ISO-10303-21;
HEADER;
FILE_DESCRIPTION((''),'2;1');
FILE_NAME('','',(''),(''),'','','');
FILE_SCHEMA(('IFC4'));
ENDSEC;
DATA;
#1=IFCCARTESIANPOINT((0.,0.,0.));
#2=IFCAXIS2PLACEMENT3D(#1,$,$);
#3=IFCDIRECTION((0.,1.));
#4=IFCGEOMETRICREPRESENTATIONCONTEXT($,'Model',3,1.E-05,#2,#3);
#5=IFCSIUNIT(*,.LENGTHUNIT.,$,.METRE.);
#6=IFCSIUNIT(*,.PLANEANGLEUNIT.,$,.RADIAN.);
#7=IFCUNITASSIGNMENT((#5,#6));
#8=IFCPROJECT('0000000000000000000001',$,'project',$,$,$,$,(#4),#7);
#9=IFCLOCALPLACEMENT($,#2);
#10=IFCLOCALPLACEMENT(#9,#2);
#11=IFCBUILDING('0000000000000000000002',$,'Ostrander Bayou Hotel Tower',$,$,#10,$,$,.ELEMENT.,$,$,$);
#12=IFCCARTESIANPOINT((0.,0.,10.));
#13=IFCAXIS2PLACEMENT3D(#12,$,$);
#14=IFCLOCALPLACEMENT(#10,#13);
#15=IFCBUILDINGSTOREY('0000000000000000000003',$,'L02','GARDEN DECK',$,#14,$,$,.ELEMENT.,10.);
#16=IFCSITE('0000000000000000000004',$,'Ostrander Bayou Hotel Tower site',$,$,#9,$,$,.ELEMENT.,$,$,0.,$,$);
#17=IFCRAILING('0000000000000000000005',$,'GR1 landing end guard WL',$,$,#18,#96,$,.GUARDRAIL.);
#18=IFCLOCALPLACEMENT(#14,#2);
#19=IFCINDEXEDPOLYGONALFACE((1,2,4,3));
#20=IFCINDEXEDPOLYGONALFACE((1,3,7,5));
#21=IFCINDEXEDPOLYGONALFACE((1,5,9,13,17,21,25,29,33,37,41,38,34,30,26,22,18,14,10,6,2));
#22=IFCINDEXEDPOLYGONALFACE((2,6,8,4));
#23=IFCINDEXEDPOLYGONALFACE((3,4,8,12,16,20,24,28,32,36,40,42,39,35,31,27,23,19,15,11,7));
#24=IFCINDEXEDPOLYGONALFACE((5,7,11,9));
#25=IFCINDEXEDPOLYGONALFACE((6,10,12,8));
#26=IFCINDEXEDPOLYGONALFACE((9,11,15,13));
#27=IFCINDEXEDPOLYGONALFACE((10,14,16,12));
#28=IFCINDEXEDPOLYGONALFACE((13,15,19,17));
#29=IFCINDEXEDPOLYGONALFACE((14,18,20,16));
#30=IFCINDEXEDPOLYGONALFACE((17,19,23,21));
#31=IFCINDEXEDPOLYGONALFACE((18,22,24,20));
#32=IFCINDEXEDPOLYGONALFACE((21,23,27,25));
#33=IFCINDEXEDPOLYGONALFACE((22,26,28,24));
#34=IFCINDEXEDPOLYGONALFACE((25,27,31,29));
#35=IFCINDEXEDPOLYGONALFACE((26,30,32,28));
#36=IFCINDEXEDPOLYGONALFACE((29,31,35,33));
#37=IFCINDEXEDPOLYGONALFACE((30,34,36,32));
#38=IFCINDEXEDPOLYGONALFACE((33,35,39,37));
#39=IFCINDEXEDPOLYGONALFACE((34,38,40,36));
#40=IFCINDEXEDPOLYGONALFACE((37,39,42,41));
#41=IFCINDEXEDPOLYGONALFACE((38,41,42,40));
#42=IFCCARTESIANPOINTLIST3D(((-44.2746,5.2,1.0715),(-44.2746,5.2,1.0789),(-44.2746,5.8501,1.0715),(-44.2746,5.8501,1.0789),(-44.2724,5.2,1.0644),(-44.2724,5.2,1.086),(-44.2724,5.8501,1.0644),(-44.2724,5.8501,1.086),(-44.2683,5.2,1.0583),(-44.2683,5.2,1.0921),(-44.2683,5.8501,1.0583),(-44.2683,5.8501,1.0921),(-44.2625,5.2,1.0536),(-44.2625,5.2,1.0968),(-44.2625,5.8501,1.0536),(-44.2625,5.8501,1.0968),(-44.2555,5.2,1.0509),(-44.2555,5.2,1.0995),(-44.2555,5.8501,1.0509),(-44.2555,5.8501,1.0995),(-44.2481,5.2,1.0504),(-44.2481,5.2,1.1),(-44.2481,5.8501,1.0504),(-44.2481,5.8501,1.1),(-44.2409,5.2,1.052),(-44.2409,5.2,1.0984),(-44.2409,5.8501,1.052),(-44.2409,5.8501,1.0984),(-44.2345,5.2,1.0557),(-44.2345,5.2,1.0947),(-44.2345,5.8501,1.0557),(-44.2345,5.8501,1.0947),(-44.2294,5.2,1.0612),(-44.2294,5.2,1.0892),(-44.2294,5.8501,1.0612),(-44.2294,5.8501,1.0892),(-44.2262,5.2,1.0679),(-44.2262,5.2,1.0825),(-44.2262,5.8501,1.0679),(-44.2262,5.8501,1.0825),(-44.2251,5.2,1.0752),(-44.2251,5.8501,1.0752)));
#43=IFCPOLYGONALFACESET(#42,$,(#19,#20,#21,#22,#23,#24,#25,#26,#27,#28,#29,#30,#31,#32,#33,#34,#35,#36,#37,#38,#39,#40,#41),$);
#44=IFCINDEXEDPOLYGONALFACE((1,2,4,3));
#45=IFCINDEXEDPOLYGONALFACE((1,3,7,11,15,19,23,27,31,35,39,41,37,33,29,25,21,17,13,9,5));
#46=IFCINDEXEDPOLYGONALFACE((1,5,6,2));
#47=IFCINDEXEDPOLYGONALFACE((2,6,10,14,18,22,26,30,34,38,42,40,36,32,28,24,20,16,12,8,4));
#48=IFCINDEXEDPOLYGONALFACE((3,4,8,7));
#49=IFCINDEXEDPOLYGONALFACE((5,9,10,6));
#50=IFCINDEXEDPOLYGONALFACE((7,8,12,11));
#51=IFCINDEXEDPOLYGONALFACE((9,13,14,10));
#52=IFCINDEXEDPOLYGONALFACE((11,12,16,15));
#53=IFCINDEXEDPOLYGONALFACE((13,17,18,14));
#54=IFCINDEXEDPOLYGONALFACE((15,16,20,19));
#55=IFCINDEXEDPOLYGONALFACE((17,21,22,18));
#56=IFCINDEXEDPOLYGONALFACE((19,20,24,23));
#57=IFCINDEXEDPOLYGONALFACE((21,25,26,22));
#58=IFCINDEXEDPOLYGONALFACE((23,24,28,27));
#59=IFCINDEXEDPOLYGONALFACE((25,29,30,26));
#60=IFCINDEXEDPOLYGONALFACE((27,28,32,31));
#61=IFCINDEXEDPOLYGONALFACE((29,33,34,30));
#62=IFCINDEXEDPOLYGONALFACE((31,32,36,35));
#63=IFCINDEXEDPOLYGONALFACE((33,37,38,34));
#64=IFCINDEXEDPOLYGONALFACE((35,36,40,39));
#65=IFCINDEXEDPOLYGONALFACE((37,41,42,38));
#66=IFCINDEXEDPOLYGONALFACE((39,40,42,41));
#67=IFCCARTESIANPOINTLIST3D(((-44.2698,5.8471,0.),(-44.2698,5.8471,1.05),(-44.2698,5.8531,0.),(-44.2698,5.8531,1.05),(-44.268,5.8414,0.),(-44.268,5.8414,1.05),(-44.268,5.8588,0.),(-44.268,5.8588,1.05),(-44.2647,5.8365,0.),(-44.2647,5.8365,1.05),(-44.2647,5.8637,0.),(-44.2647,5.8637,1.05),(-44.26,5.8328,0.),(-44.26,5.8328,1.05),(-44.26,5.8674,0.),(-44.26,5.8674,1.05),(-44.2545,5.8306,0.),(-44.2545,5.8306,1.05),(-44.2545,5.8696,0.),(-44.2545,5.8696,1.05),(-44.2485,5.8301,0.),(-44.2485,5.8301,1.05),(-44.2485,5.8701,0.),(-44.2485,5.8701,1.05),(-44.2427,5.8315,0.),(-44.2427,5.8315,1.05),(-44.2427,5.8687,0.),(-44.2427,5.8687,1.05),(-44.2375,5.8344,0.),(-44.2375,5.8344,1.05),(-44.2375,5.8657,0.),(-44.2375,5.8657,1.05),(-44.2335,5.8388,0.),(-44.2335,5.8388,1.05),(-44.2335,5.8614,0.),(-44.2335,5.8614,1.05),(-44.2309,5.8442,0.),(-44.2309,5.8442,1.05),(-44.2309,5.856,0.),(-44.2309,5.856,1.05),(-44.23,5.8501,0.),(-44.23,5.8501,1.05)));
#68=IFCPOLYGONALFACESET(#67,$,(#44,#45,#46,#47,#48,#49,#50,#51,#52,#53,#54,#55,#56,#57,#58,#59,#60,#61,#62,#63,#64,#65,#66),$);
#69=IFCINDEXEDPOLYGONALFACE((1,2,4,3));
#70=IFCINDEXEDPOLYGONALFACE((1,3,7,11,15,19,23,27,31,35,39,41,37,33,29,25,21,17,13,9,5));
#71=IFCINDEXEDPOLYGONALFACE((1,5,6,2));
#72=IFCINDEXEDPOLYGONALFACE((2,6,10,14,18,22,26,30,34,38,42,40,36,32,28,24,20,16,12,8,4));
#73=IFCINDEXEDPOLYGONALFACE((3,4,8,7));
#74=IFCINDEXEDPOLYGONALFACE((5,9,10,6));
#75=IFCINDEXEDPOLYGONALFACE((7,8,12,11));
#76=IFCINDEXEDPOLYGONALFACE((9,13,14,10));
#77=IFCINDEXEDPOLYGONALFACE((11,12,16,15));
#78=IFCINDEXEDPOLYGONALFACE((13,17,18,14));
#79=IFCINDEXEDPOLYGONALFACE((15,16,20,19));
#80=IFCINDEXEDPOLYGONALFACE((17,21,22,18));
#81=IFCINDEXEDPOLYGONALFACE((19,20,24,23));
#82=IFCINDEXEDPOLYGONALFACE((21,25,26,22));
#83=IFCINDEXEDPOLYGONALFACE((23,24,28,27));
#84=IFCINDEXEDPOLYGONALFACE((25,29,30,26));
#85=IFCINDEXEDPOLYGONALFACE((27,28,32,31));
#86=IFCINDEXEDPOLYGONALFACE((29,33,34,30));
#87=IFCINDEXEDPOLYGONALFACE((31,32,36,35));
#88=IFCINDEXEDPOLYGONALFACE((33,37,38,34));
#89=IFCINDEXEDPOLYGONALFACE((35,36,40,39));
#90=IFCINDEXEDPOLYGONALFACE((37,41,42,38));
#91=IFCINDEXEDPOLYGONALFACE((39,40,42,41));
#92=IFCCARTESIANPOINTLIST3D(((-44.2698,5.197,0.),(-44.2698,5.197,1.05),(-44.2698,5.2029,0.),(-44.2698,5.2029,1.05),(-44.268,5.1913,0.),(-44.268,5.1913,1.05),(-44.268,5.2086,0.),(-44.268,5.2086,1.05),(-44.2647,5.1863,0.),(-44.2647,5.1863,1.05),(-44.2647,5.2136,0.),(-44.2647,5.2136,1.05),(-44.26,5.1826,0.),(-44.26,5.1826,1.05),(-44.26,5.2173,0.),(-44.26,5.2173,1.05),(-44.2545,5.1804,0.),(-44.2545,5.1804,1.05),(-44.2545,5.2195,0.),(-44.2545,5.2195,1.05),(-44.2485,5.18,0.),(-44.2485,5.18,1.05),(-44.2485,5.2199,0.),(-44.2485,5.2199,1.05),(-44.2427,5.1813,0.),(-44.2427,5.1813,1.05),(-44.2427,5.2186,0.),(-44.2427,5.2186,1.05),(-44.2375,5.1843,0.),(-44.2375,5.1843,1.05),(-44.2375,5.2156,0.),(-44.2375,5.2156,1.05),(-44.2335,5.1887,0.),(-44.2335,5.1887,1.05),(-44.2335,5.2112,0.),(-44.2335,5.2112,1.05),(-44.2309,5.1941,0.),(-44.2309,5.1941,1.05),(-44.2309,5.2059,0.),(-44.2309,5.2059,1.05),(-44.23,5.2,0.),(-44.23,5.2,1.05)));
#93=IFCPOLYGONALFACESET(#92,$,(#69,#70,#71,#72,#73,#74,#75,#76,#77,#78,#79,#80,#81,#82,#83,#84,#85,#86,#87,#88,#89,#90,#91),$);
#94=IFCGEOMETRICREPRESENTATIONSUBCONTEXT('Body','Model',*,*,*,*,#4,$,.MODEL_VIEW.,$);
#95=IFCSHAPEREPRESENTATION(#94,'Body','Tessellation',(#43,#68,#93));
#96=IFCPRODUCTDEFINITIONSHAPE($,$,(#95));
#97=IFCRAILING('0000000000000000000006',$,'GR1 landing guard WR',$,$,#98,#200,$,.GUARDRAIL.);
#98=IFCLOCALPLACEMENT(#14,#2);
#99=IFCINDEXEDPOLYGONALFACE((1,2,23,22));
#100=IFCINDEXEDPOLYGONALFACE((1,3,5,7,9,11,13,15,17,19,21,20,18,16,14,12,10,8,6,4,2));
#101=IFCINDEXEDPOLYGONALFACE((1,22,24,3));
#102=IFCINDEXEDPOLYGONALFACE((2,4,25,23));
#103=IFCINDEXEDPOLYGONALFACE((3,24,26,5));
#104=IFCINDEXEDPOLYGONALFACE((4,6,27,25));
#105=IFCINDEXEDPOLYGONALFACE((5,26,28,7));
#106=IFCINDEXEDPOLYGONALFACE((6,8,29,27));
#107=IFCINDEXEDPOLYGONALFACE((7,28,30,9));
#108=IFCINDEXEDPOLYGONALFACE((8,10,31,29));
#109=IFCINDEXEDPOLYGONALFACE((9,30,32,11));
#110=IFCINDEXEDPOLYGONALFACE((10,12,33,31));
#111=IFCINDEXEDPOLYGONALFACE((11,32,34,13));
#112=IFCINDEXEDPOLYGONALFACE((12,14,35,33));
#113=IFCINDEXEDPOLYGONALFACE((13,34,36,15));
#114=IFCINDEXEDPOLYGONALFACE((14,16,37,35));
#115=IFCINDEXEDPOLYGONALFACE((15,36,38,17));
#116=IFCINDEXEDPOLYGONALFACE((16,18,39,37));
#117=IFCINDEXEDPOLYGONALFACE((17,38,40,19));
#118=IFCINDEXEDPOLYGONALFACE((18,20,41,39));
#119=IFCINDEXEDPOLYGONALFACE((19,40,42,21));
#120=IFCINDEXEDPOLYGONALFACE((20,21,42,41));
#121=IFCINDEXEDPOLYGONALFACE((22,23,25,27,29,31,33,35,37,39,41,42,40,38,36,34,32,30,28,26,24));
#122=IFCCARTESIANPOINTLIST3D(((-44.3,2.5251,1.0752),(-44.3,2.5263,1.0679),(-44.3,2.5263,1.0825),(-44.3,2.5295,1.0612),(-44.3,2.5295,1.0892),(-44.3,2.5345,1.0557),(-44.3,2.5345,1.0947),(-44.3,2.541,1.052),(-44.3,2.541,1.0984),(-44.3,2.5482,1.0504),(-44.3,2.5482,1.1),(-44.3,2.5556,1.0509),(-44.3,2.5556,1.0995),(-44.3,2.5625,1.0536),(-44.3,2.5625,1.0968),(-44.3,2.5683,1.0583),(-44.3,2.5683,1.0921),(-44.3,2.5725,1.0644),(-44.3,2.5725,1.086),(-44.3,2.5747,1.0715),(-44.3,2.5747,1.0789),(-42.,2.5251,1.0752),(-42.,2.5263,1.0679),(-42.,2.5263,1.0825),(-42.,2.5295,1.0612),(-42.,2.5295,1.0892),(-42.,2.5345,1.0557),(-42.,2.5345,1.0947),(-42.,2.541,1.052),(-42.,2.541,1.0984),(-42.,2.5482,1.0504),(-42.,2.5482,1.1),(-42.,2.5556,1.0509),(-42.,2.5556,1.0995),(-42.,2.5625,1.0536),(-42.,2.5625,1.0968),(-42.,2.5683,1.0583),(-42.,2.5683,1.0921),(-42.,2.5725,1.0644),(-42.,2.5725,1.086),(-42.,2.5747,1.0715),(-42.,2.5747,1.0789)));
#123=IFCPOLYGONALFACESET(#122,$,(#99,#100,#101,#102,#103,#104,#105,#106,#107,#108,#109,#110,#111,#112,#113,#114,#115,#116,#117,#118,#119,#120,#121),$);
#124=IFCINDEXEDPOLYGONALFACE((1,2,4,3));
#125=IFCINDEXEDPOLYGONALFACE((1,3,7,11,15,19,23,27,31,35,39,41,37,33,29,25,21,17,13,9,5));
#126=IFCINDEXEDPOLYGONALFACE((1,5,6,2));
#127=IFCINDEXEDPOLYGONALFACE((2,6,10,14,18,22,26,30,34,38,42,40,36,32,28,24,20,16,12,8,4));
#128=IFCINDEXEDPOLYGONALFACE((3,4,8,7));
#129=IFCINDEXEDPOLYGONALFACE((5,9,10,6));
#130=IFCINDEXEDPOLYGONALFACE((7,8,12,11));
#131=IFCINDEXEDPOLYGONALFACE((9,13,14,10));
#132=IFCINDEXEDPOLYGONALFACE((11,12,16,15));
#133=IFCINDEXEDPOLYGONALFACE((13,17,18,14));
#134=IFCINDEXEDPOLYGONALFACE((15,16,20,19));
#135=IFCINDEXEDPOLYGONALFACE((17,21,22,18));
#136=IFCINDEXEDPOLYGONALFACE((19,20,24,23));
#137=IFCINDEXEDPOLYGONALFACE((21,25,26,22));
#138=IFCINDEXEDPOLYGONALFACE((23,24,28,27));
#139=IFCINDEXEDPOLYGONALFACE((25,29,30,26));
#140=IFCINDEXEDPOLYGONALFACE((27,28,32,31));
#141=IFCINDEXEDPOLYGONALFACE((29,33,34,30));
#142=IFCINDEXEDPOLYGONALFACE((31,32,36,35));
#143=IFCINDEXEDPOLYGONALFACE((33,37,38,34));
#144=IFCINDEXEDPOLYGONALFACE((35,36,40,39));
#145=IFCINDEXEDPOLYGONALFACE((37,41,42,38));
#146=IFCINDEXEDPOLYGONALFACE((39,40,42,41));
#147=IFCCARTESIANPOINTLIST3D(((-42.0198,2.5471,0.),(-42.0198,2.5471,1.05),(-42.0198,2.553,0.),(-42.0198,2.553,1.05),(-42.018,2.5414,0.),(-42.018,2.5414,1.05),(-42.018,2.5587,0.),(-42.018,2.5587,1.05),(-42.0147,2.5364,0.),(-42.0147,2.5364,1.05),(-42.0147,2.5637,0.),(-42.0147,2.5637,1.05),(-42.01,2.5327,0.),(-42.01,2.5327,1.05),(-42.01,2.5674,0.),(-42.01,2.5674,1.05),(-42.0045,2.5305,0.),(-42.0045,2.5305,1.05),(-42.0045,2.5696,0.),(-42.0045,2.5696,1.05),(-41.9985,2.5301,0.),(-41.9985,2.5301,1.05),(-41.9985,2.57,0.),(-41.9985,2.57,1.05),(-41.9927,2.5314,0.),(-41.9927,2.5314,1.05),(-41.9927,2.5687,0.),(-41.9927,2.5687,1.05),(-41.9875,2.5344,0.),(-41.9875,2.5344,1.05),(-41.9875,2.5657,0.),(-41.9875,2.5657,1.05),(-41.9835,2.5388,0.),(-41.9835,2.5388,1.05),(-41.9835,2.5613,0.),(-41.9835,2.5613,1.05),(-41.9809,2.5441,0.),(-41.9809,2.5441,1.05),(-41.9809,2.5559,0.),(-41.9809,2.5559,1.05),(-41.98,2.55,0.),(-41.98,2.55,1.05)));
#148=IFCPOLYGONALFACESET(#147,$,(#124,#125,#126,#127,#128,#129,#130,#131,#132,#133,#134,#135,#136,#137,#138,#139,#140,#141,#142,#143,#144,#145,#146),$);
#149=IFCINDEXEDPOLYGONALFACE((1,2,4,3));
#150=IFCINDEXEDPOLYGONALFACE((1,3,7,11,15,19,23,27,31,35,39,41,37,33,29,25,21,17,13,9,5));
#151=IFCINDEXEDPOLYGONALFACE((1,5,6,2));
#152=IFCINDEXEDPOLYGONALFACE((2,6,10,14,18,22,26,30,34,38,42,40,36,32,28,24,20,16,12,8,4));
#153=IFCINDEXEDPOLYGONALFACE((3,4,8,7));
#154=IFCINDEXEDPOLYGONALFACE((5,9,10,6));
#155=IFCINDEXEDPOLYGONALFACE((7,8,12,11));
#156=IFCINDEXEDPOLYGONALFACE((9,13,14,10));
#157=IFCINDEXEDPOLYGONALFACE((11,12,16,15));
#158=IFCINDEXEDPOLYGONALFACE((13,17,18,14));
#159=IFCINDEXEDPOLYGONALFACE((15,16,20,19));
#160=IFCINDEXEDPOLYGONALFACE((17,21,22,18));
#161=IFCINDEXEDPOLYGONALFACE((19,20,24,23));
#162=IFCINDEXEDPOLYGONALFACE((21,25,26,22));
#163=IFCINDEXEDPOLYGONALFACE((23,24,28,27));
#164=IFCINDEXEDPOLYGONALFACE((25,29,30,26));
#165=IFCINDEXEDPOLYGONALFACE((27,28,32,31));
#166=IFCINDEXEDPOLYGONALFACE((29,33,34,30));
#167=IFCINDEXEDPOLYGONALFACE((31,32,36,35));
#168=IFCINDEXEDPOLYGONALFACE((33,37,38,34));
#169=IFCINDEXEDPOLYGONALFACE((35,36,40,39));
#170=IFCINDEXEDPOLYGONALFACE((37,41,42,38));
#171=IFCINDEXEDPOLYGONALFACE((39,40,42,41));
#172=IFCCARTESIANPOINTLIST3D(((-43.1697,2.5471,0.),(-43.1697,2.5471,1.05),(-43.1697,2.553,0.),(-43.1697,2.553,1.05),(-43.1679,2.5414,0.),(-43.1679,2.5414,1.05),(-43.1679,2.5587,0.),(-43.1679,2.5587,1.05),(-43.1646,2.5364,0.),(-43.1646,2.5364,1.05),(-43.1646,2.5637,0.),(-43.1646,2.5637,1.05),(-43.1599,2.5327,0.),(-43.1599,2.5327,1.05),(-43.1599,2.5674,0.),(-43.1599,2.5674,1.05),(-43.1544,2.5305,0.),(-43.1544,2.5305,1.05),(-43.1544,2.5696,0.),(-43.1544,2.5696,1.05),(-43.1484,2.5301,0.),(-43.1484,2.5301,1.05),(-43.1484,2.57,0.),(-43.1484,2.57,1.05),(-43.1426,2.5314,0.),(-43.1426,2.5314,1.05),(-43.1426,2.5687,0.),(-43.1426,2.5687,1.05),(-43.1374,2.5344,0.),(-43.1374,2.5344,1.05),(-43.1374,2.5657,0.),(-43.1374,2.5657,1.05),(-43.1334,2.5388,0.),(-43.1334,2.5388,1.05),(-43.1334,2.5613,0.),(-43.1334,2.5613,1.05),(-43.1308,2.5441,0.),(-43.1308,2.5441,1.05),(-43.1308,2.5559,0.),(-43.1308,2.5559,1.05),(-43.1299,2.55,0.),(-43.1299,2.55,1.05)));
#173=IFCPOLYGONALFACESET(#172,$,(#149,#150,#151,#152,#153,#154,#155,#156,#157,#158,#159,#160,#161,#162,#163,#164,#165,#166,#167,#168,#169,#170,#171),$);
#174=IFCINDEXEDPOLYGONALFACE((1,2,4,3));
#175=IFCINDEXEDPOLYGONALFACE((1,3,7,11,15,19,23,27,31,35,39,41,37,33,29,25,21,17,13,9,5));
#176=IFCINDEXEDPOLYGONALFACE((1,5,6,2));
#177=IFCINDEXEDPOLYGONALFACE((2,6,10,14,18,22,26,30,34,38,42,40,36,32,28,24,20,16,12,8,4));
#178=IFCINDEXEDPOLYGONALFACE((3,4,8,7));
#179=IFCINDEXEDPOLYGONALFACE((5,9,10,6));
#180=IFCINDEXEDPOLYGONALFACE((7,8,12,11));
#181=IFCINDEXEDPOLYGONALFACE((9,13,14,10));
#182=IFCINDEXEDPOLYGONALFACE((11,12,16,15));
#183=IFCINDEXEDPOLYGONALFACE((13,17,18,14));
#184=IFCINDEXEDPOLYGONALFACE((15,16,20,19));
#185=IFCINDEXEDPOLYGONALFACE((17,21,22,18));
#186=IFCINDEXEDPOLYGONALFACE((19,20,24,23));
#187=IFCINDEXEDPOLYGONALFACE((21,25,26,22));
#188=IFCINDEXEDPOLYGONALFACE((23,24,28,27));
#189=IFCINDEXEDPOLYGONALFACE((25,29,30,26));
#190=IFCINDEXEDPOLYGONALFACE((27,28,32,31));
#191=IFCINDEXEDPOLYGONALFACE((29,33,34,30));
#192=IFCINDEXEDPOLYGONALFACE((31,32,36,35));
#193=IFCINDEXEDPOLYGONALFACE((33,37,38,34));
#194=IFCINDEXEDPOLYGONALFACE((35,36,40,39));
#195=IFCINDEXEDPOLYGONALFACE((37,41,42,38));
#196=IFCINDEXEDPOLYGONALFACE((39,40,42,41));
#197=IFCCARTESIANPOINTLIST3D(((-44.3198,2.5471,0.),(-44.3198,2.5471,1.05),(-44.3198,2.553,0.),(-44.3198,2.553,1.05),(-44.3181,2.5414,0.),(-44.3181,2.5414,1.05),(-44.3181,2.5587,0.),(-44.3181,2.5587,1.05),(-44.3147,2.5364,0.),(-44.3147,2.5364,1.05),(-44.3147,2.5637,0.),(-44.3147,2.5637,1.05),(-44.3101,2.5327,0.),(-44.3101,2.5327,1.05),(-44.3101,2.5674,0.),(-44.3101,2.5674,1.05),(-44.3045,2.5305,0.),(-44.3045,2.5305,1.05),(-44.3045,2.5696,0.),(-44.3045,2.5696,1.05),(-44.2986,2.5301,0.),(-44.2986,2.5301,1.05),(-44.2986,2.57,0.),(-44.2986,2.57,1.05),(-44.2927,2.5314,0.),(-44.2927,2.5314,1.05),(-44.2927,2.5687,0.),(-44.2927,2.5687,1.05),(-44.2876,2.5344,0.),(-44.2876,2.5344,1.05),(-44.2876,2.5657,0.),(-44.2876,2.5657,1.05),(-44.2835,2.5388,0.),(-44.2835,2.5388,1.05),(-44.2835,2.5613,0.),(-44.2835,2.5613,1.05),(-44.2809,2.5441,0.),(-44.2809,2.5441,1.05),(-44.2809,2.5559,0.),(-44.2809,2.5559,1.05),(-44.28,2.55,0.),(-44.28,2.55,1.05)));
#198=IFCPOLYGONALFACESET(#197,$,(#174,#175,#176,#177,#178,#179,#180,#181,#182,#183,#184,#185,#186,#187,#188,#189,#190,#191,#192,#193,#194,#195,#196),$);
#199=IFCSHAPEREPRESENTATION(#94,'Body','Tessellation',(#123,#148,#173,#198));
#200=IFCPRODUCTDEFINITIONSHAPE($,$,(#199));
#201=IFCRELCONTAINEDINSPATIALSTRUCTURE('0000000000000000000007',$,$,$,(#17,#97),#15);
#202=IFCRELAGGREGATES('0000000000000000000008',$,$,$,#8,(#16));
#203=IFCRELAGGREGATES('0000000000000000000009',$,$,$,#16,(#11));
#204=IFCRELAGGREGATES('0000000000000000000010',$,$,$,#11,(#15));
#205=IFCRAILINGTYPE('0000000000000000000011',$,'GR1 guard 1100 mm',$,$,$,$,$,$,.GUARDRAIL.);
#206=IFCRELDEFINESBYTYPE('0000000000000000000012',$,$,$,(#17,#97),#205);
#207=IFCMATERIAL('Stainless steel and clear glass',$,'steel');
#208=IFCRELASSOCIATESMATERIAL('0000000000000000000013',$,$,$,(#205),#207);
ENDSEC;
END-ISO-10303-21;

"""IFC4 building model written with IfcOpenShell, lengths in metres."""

from ifc_helpers import new_model, si_unit, direction, frame, origin, origin_2d, place, context, subcontext, project, spatial, circle, extrude, material, type_object, element, save


model = new_model("IFC4")

# Units and contexts
model_context = context("Model", 3, precision=1e-05, world=origin(), true_north=direction((0.0, 1.0)))
body_context = subcontext(model_context, "Body", "Model", "MODEL_VIEW")
ifc_project = project(units=[si_unit("LENGTHUNIT", "METRE"), si_unit("PLANEANGLEUNIT", "RADIAN")], contexts=[model_context])

# Site, building, storey
site_placement = place(None, origin())
site = spatial("IfcSite", under=ifc_project, at=site_placement, Name="Ostrander Bayou Hotel Tower site", CompositionType="ELEMENT", RefElevation=0.0)
building_placement = place(site_placement, origin())
building = spatial("IfcBuilding", under=site, at=building_placement, Name="Ostrander Bayou Hotel Tower", CompositionType="ELEMENT")
storey_placement = place(building_placement, frame((0.0, 0.0, 10.0)))
storey = spatial("IfcBuildingStorey", under=building, at=storey_placement, Name="L02", Description="GARDEN DECK", CompositionType="ELEMENT", Elevation=10.0)

# Railings
ifc_material_1 = material(Name="Stainless steel and clear glass", Category="steel")
railing_type = type_object("IfcRailingType", Name="GR1 guard 1100 mm", PredefinedType="GUARDRAIL", material=ifc_material_1)
railing_1_placement = place(storey_placement, frame((-44.25, 5.8501, 0.0)))
element("IfcRailing", 1, at=railing_1_placement, inside=storey, type_object=railing_type, Name="GR1 landing end guard WL", PredefinedType="GUARDRAIL", context=body_context, shape_type="SweptSolid", body=[
    extrude(circle(Radius=0.0249, at=origin_2d()), frame((0.0, 0.0, 1.0752), z_axis=(0.0, -1.0, 0.0), x_axis=(1.0, 0.0, 0.0)), (0.0, 0.0, 1.0), 0.6501),
    extrude(circle(Radius=0.02, at=origin_2d()), origin(), (0.0, 0.0, 1.0), 1.05),
    extrude(circle(Radius=0.02, at=origin_2d()), frame((0.0, -0.6501, 0.0)), (0.0, 0.0, 1.0), 1.05),
])
railing_2_placement = place(storey_placement, frame((-42.0, 2.55, 0.0)))
element("IfcRailing", 2, at=railing_2_placement, inside=storey, type_object=railing_type, Name="GR1 landing guard WR", PredefinedType="GUARDRAIL", context=body_context, shape_type="SweptSolid", body=[
    extrude(circle(Radius=0.0249, at=origin_2d()), frame((0.0, 0.0, 1.0752), z_axis=(-1.0, 0.0, 0.0), x_axis=(0.0, -1.0, 0.0)), (0.0, 0.0, 1.0), 2.3),
    extrude(circle(Radius=0.02, at=origin_2d()), origin(), (0.0, 0.0, 1.0), 1.05),
    extrude(circle(Radius=0.02, at=origin_2d()), frame((-1.1499, 0.0, 0.0)), (0.0, 0.0, 1.0), 1.05),
    extrude(circle(Radius=0.02, at=origin_2d()), frame((-2.3, 0.0, 0.0)), (0.0, 0.0, 1.0), 1.05),
])

save(model, "model.ifc")
